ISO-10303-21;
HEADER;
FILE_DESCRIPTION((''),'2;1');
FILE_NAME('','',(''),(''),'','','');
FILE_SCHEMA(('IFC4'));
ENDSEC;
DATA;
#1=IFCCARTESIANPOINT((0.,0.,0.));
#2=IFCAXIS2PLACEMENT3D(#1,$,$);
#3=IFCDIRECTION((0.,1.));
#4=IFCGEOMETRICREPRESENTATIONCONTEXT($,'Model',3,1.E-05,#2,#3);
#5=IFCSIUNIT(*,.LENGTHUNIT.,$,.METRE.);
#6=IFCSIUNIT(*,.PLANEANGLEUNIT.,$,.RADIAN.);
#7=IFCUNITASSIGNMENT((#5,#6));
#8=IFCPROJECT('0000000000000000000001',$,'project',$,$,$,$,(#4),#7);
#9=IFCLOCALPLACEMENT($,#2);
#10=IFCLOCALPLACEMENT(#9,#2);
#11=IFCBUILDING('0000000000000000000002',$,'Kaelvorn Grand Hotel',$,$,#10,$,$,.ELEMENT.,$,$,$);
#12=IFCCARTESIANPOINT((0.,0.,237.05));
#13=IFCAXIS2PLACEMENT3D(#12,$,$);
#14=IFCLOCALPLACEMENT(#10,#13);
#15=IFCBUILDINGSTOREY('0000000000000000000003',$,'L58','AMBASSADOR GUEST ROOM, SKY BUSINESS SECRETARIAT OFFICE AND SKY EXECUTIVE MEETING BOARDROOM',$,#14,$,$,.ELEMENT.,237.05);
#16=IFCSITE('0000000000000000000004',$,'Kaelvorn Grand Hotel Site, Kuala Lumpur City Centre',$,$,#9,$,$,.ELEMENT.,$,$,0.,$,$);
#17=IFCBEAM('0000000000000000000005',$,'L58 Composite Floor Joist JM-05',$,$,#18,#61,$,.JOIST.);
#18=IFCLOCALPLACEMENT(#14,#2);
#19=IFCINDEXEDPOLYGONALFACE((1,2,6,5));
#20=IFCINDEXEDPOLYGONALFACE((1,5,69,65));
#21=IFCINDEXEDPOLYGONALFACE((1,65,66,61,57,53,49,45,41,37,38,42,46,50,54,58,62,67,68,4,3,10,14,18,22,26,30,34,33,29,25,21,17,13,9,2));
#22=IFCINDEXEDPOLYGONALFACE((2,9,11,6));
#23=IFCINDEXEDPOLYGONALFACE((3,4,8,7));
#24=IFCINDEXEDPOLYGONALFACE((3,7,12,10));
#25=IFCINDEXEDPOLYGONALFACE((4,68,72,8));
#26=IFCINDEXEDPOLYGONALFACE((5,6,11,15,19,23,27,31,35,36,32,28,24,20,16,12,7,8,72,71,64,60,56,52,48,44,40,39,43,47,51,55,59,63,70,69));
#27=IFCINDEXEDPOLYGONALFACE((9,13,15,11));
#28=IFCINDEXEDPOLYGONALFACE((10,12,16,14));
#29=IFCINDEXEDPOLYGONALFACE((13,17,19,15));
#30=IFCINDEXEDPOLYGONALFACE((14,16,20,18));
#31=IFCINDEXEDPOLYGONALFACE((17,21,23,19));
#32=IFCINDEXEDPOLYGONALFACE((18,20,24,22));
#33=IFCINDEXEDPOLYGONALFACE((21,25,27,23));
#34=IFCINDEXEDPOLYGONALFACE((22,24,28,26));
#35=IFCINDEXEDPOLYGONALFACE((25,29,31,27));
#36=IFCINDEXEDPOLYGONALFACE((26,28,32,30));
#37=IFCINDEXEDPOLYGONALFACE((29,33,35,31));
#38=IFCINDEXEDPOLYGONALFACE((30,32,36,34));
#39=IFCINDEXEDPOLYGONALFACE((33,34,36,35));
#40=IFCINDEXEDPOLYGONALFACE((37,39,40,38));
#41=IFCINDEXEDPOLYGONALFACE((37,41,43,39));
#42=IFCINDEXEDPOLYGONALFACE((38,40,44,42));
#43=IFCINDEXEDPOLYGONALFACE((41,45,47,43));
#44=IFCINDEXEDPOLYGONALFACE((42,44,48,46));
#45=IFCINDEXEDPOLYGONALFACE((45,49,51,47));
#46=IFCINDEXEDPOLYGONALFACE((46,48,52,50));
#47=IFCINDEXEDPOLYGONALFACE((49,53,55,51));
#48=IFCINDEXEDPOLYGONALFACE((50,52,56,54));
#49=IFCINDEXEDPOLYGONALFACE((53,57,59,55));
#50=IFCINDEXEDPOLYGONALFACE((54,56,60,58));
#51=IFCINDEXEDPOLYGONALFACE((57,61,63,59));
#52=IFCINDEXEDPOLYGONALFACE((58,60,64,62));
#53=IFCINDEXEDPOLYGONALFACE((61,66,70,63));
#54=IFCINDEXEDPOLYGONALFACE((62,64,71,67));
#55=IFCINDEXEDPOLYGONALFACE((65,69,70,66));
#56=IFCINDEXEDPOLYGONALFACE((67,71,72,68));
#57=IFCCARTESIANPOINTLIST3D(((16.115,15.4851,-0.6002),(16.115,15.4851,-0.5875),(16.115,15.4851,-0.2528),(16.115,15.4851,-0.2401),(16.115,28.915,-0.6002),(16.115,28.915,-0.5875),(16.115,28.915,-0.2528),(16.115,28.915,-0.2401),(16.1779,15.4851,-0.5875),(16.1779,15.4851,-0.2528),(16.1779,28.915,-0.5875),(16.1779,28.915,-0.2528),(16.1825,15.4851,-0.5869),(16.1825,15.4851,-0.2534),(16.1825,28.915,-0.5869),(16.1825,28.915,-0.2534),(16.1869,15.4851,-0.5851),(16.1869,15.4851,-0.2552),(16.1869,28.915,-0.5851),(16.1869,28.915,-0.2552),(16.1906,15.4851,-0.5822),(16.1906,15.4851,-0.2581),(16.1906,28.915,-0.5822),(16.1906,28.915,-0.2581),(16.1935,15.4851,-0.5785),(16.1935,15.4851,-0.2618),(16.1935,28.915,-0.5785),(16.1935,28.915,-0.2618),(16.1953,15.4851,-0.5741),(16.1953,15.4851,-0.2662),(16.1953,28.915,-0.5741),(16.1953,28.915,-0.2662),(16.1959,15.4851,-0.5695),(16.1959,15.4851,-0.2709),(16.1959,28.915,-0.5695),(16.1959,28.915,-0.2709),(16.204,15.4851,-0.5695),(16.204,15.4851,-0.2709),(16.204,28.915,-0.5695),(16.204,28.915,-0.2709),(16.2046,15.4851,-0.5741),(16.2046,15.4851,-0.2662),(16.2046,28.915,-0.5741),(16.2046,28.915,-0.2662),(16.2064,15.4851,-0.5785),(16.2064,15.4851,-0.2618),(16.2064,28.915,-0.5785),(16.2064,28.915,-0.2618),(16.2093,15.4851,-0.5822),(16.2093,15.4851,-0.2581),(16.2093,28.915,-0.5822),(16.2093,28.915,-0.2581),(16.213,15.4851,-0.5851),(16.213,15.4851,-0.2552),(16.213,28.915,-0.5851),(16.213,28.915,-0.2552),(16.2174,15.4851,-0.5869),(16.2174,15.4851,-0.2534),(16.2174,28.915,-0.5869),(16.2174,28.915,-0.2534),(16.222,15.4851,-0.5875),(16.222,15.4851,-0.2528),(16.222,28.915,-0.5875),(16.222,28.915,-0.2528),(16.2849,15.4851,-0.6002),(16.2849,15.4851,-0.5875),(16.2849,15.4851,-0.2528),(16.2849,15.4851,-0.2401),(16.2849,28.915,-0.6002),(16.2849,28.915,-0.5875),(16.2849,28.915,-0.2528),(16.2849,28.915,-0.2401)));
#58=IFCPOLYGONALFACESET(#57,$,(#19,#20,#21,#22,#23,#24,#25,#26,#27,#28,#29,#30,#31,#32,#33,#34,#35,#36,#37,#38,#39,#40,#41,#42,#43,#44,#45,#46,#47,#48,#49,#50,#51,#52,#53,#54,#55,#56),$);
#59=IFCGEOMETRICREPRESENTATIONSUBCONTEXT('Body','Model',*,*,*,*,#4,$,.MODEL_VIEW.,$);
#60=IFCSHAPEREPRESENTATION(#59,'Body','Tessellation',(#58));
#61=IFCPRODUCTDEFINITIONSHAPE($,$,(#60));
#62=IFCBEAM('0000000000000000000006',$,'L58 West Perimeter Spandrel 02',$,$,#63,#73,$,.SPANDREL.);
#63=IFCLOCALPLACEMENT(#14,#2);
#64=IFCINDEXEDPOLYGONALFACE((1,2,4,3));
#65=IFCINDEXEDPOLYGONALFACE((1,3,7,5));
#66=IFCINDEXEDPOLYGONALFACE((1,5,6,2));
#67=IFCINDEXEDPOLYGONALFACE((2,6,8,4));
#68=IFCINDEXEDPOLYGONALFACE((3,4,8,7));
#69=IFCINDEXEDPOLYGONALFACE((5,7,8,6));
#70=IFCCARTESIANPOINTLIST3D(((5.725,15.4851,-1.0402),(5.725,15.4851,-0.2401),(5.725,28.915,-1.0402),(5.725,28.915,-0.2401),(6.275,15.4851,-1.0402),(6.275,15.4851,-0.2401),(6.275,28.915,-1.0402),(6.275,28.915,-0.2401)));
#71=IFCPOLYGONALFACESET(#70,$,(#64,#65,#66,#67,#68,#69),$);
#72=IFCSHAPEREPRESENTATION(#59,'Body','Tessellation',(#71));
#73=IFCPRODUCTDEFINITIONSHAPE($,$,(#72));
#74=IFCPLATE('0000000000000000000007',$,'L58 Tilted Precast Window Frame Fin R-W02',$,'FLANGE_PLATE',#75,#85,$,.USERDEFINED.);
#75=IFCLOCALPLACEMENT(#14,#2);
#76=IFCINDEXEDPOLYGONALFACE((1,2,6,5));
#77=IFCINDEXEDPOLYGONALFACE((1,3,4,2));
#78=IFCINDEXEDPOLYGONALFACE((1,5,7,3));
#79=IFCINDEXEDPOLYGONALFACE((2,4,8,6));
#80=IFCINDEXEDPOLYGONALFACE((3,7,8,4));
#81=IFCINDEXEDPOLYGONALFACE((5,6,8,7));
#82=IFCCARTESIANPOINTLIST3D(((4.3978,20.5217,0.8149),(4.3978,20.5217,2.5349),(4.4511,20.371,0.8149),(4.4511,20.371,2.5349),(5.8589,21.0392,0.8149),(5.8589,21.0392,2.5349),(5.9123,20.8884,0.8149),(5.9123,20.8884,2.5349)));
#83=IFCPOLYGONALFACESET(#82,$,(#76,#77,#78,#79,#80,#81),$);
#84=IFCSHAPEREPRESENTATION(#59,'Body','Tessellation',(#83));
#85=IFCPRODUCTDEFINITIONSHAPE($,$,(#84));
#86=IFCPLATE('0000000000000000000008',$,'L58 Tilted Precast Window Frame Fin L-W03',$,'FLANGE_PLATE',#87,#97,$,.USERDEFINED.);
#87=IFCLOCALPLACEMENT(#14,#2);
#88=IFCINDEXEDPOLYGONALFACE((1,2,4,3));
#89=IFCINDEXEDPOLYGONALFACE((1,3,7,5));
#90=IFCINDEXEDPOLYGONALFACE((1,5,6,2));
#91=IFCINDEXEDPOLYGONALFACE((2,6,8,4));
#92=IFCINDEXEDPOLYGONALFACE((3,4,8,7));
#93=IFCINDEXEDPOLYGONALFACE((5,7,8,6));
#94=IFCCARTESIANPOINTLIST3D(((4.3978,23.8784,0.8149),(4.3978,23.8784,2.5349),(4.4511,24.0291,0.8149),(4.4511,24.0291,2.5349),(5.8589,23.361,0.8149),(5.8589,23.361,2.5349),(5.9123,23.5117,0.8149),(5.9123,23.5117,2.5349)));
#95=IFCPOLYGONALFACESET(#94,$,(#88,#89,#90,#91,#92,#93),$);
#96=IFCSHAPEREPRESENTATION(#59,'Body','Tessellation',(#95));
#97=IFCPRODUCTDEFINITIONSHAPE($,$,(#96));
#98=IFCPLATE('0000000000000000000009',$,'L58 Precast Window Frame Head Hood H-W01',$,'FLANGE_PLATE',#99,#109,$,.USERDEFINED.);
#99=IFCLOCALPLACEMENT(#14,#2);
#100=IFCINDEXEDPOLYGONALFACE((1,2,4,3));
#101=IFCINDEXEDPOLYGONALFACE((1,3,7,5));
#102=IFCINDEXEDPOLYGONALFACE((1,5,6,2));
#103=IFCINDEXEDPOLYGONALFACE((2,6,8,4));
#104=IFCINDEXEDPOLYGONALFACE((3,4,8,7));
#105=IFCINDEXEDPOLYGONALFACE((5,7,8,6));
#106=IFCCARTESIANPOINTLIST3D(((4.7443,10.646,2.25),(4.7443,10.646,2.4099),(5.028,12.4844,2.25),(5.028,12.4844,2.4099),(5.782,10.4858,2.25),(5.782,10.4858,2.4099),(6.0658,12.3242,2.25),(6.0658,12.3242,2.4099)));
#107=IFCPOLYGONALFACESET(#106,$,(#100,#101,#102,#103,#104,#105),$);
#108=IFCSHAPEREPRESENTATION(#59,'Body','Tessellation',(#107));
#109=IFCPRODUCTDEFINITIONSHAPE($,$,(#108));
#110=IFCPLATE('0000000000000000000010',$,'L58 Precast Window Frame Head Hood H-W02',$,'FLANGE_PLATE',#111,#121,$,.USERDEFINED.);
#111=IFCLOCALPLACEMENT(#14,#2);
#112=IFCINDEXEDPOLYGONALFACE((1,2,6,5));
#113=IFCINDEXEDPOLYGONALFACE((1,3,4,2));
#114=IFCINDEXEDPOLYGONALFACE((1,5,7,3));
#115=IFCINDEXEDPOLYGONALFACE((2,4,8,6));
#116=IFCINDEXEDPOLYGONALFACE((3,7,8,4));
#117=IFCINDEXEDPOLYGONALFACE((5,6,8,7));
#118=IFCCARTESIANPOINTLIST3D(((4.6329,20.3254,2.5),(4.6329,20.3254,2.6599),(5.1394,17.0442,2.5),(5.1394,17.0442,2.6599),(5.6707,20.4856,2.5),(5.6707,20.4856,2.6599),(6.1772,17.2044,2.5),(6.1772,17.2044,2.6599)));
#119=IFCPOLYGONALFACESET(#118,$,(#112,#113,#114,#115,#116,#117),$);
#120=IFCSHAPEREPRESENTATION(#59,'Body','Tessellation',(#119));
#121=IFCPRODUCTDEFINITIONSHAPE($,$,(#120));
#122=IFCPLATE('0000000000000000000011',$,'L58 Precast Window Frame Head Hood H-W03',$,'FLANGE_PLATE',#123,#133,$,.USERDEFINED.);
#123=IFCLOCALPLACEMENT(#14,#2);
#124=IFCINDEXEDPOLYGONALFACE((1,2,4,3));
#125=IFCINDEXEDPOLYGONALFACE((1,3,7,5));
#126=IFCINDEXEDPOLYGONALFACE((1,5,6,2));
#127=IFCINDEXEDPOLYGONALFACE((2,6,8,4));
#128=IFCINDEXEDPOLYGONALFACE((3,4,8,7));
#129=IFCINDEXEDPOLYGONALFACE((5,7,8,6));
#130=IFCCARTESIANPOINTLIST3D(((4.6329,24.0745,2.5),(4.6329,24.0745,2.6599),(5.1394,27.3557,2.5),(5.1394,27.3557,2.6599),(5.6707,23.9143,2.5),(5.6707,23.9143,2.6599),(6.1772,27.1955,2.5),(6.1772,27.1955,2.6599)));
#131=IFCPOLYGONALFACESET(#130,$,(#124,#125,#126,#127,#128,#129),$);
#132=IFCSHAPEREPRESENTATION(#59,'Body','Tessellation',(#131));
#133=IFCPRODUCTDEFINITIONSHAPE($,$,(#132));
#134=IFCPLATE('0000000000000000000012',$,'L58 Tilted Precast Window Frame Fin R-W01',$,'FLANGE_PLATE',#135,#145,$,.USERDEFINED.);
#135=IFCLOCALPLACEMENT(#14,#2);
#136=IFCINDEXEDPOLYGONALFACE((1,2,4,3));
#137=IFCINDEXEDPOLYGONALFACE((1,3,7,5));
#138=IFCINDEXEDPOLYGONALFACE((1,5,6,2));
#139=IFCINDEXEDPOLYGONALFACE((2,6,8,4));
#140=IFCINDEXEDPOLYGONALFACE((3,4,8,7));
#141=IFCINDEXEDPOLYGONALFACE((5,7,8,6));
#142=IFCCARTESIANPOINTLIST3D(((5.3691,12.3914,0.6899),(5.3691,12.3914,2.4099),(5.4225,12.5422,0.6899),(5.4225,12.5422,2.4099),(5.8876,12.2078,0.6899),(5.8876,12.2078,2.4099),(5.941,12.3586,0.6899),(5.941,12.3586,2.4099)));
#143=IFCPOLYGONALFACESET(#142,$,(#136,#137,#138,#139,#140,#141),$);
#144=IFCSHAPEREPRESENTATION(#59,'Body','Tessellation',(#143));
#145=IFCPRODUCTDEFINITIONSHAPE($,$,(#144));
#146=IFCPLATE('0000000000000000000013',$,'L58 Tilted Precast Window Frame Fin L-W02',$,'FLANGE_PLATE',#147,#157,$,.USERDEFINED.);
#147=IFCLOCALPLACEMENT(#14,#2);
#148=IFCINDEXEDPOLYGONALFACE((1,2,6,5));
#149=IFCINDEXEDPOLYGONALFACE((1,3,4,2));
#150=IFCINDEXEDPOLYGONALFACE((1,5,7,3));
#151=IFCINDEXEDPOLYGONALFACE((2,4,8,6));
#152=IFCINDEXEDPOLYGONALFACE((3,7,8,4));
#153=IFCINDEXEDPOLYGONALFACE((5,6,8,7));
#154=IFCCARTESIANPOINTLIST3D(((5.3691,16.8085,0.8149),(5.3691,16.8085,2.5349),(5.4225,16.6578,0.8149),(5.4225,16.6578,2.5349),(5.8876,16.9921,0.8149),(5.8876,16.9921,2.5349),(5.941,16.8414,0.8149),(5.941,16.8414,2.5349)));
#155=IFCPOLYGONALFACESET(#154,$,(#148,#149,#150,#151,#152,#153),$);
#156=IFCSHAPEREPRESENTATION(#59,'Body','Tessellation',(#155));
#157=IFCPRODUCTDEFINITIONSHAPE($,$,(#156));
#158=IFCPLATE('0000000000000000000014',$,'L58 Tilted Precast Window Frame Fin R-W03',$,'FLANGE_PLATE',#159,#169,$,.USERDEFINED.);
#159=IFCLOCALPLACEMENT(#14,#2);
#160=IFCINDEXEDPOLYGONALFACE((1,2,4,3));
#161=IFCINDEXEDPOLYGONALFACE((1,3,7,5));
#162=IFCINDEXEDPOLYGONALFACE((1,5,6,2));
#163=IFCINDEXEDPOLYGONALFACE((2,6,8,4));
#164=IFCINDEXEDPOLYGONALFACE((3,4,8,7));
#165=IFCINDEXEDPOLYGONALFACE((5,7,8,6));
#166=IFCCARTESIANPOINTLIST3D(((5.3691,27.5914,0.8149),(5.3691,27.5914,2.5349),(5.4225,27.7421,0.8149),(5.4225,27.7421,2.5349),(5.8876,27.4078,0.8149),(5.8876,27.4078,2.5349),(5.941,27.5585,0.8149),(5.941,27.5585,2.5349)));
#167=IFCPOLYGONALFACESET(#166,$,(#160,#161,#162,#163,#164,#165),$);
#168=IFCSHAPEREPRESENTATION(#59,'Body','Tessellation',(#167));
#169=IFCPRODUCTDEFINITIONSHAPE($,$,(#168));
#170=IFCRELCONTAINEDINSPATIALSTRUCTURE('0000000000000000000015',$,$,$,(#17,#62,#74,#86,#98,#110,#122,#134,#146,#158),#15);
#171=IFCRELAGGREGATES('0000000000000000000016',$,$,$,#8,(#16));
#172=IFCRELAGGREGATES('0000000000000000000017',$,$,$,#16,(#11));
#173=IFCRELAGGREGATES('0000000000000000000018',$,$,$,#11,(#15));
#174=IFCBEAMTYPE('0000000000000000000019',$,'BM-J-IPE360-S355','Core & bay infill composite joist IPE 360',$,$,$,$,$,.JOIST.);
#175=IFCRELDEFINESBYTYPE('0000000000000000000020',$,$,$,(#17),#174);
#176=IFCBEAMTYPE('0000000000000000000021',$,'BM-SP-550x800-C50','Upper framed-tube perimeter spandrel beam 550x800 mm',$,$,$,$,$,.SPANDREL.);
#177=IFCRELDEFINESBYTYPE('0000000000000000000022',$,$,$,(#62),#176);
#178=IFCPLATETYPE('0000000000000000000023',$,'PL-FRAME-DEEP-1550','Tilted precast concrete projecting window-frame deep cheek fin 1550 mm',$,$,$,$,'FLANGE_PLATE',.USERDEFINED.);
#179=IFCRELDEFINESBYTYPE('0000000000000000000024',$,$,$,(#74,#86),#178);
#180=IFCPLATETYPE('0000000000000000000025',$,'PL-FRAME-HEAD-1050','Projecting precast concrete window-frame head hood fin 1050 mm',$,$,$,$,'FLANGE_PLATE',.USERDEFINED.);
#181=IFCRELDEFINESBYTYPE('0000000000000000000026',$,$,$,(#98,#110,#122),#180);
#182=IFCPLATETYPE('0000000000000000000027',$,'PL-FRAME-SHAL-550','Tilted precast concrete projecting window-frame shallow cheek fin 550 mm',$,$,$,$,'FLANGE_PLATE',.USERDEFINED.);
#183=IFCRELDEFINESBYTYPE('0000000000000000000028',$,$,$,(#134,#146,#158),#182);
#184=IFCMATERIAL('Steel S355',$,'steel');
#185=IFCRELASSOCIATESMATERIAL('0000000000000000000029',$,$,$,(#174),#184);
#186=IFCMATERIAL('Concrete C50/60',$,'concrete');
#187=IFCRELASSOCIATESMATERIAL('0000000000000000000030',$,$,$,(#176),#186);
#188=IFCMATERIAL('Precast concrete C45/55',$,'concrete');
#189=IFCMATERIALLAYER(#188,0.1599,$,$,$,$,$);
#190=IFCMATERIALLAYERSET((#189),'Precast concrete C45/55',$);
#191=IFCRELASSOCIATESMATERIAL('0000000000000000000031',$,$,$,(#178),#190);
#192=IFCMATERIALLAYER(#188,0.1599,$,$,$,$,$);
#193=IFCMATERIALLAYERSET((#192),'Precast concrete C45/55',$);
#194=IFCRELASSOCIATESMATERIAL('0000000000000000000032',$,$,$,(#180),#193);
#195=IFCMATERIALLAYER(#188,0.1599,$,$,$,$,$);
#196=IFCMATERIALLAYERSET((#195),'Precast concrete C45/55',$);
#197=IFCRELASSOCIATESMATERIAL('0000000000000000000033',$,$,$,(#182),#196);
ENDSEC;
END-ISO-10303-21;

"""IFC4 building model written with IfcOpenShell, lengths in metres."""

from ifc_helpers import new_model, si_unit, direction, frame, origin, origin_2d, place, context, subcontext, project, spatial, rectangle, i_section, extrude, material, layer, layer_set, material_profile, profile_set, type_object, element, save


model = new_model("IFC4")

# Units and contexts
model_context = context("Model", 3, precision=1e-05, world=origin(), true_north=direction((0.0, 1.0)))
body_context = subcontext(model_context, "Body", "Model", "MODEL_VIEW")
ifc_project = project(units=[si_unit("LENGTHUNIT", "METRE"), si_unit("PLANEANGLEUNIT", "RADIAN")], contexts=[model_context])

# Site, building, storey
site_placement = place(None, origin())
site = spatial("IfcSite", under=ifc_project, at=site_placement, Name="Kaelvorn Grand Hotel Site, Kuala Lumpur City Centre", CompositionType="ELEMENT", RefElevation=0.0)
building_placement = place(site_placement, origin())
building = spatial("IfcBuilding", under=site, at=building_placement, Name="Kaelvorn Grand Hotel", CompositionType="ELEMENT")
storey_placement = place(building_placement, frame((0.0, 0.0, 237.05)))
storey = spatial("IfcBuildingStorey", under=building, at=storey_placement, Name="L58", Description="AMBASSADOR GUEST ROOM, SKY BUSINESS SECRETARIAT OFFICE AND SKY EXECUTIVE MEETING BOARDROOM", CompositionType="ELEMENT", Elevation=237.05)

# Shared definitions
ifc_material_1 = material(Name="Concrete C50/60", Category="concrete")

# Beams
ifc_material_2 = material(Name="Steel S355", Category="steel")
ifc_material_profile_1 = material_profile(ifc_material_2, i_section(OverallWidth=0.1699, OverallDepth=0.3601, WebThickness=0.0081, FlangeThickness=0.0127, FilletRadius=0.0181, at=origin_2d()), Name="IPE 360")
ifc_profile_set_1 = profile_set([ifc_material_profile_1], Name="Steel S355")
beam_type_1 = type_object("IfcBeamType", Name="BM-J-IPE360-S355", Description="Core & bay infill composite joist IPE 360", PredefinedType="JOIST", material=ifc_profile_set_1)
beam_1_placement = place(storey_placement, frame((16.2, 15.4851, -0.4202), z_axis=(0.0, 1.0, 0.0), x_axis=(-1.0, 0.0, 0.0)))
element("IfcBeam", 1, at=beam_1_placement, inside=storey, type_object=beam_type_1, Name="L58 Composite Floor Joist JM-05", PredefinedType="JOIST", context=body_context, shape_type="SweptSolid", body=[
    extrude(i_section(OverallWidth=0.1699, OverallDepth=0.3601, WebThickness=0.0081, FlangeThickness=0.0127, FilletRadius=0.0181, at=origin_2d()), origin(), (0.0, 0.0, 1.0), 13.4299),
])
ifc_material_profile_2 = material_profile(ifc_material_1, rectangle(XDim=0.55, YDim=0.8, at=origin_2d()), Name="RC SPANDREL 550x800")
ifc_profile_set_2 = profile_set([ifc_material_profile_2], Name="Concrete C50/60")
beam_type_2 = type_object("IfcBeamType", Name="BM-SP-550x800-C50", Description="Upper framed-tube perimeter spandrel beam 550x800 mm", PredefinedType="SPANDREL", material=ifc_profile_set_2)
beam_2_placement = place(storey_placement, frame((6.0, 15.4851, -0.6401), z_axis=(0.0, 1.0, 0.0), x_axis=(-1.0, 0.0, 0.0)))
element("IfcBeam", 2, at=beam_2_placement, inside=storey, type_object=beam_type_2, Name="L58 West Perimeter Spandrel 02", PredefinedType="SPANDREL", context=body_context, shape_type="SweptSolid", body=[
    extrude(rectangle(XDim=0.55, YDim=0.8, at=origin_2d()), origin(), (0.0, 0.0, 1.0), 13.4299),
])

# Plates
ifc_material_3 = material(Name="Precast concrete C45/55", Category="concrete")
ifc_layer_1 = layer(ifc_material_3, 0.1599)
ifc_layer_set_1 = layer_set([ifc_layer_1], Name="Precast concrete C45/55")
plate_type_1 = type_object("IfcPlateType", Name="PL-FRAME-DEEP-1550", Description="Tilted precast concrete projecting window-frame deep cheek fin 1550 mm", ElementType="FLANGE_PLATE", PredefinedType="USERDEFINED", material=ifc_layer_set_1)
for number, where, z_axis, x_axis, name in (
    (3, (5.155, 20.7051, 0.8149), (0.0, 0.0, 1.0), (-0.333807, 0.942641, 0.0), "L58 Tilted Precast Window Frame Fin R-W02"),
    (4, (5.155, 23.6951, 0.8149), (0.0, 0.0, 1.0), (0.333807, 0.942641, 0.0), "L58 Tilted Precast Window Frame Fin L-W03"),
):
    element("IfcPlate", number, at=place(storey_placement, frame(where, z_axis=z_axis, x_axis=x_axis)), inside=storey, type_object=plate_type_1, Name=name, ObjectType="FLANGE_PLATE", PredefinedType="USERDEFINED", context=body_context, shape_type="SweptSolid", body=[
        extrude(rectangle(XDim=0.1599, YDim=1.55, at=origin_2d()), origin(), (0.0, 0.0, 1.0), 1.72),
    ])
ifc_layer_2 = layer(ifc_material_3, 0.1599)
ifc_layer_set_2 = layer_set([ifc_layer_2], Name="Precast concrete C45/55")
plate_type_2 = type_object("IfcPlateType", Name="PL-FRAME-HEAD-1050", Description="Projecting precast concrete window-frame head hood fin 1050 mm", ElementType="FLANGE_PLATE", PredefinedType="USERDEFINED", material=ifc_layer_set_2)
plate_placement = place(storey_placement, frame((5.405, 11.4851, 2.25), z_axis=(0.0, 0.0, 1.0), x_axis=(0.152555, 0.988295, 0.0)))
element("IfcPlate", 5, at=plate_placement, inside=storey, type_object=plate_type_2, Name="L58 Precast Window Frame Head Hood H-W01", ObjectType="FLANGE_PLATE", PredefinedType="USERDEFINED", context=body_context, shape_type="SweptSolid", body=[
    extrude(rectangle(XDim=1.8601, YDim=1.05, at=origin_2d()), origin(), (0.0, 0.0, 1.0), 0.1599),
])
for number, where, z_axis, x_axis, name in (
    (6, (5.405, 18.7649, 2.5), (0.0, 0.0, 1.0), (-0.152555, 0.988295, 0.0), "L58 Precast Window Frame Head Hood H-W02"),
    (7, (5.405, 25.635, 2.5), (0.0, 0.0, 1.0), (0.152555, 0.988295, 0.0), "L58 Precast Window Frame Head Hood H-W03"),
):
    element("IfcPlate", number, at=place(storey_placement, frame(where, z_axis=z_axis, x_axis=x_axis)), inside=storey, type_object=plate_type_2, Name=name, ObjectType="FLANGE_PLATE", PredefinedType="USERDEFINED", context=body_context, shape_type="SweptSolid", body=[
        extrude(rectangle(XDim=3.3201, YDim=1.05, at=origin_2d()), origin(), (0.0, 0.0, 1.0), 0.1599),
    ])
ifc_layer_3 = layer(ifc_material_3, 0.1599)
ifc_layer_set_3 = layer_set([ifc_layer_3], Name="Precast concrete C45/55")
plate_type_3 = type_object("IfcPlateType", Name="PL-FRAME-SHAL-550", Description="Tilted precast concrete projecting window-frame shallow cheek fin 550 mm", ElementType="FLANGE_PLATE", PredefinedType="USERDEFINED", material=ifc_layer_set_3)
for number, where, z_axis, x_axis, name in (
    (8, (5.655, 12.375, 0.6899), (0.0, 0.0, 1.0), (0.333807, 0.942641, 0.0), "L58 Tilted Precast Window Frame Fin R-W01"),
    (9, (5.655, 16.825, 0.8149), (0.0, 0.0, 1.0), (-0.333807, 0.942641, 0.0), "L58 Tilted Precast Window Frame Fin L-W02"),
    (10, (5.655, 27.575, 0.8149), (0.0, 0.0, 1.0), (0.333807, 0.942641, 0.0), "L58 Tilted Precast Window Frame Fin R-W03"),
):
    element("IfcPlate", number, at=place(storey_placement, frame(where, z_axis=z_axis, x_axis=x_axis)), inside=storey, type_object=plate_type_3, Name=name, ObjectType="FLANGE_PLATE", PredefinedType="USERDEFINED", context=body_context, shape_type="SweptSolid", body=[
        extrude(rectangle(XDim=0.1599, YDim=0.55, at=origin_2d()), origin(), (0.0, 0.0, 1.0), 1.72),
    ])

save(model, "model.ifc")
